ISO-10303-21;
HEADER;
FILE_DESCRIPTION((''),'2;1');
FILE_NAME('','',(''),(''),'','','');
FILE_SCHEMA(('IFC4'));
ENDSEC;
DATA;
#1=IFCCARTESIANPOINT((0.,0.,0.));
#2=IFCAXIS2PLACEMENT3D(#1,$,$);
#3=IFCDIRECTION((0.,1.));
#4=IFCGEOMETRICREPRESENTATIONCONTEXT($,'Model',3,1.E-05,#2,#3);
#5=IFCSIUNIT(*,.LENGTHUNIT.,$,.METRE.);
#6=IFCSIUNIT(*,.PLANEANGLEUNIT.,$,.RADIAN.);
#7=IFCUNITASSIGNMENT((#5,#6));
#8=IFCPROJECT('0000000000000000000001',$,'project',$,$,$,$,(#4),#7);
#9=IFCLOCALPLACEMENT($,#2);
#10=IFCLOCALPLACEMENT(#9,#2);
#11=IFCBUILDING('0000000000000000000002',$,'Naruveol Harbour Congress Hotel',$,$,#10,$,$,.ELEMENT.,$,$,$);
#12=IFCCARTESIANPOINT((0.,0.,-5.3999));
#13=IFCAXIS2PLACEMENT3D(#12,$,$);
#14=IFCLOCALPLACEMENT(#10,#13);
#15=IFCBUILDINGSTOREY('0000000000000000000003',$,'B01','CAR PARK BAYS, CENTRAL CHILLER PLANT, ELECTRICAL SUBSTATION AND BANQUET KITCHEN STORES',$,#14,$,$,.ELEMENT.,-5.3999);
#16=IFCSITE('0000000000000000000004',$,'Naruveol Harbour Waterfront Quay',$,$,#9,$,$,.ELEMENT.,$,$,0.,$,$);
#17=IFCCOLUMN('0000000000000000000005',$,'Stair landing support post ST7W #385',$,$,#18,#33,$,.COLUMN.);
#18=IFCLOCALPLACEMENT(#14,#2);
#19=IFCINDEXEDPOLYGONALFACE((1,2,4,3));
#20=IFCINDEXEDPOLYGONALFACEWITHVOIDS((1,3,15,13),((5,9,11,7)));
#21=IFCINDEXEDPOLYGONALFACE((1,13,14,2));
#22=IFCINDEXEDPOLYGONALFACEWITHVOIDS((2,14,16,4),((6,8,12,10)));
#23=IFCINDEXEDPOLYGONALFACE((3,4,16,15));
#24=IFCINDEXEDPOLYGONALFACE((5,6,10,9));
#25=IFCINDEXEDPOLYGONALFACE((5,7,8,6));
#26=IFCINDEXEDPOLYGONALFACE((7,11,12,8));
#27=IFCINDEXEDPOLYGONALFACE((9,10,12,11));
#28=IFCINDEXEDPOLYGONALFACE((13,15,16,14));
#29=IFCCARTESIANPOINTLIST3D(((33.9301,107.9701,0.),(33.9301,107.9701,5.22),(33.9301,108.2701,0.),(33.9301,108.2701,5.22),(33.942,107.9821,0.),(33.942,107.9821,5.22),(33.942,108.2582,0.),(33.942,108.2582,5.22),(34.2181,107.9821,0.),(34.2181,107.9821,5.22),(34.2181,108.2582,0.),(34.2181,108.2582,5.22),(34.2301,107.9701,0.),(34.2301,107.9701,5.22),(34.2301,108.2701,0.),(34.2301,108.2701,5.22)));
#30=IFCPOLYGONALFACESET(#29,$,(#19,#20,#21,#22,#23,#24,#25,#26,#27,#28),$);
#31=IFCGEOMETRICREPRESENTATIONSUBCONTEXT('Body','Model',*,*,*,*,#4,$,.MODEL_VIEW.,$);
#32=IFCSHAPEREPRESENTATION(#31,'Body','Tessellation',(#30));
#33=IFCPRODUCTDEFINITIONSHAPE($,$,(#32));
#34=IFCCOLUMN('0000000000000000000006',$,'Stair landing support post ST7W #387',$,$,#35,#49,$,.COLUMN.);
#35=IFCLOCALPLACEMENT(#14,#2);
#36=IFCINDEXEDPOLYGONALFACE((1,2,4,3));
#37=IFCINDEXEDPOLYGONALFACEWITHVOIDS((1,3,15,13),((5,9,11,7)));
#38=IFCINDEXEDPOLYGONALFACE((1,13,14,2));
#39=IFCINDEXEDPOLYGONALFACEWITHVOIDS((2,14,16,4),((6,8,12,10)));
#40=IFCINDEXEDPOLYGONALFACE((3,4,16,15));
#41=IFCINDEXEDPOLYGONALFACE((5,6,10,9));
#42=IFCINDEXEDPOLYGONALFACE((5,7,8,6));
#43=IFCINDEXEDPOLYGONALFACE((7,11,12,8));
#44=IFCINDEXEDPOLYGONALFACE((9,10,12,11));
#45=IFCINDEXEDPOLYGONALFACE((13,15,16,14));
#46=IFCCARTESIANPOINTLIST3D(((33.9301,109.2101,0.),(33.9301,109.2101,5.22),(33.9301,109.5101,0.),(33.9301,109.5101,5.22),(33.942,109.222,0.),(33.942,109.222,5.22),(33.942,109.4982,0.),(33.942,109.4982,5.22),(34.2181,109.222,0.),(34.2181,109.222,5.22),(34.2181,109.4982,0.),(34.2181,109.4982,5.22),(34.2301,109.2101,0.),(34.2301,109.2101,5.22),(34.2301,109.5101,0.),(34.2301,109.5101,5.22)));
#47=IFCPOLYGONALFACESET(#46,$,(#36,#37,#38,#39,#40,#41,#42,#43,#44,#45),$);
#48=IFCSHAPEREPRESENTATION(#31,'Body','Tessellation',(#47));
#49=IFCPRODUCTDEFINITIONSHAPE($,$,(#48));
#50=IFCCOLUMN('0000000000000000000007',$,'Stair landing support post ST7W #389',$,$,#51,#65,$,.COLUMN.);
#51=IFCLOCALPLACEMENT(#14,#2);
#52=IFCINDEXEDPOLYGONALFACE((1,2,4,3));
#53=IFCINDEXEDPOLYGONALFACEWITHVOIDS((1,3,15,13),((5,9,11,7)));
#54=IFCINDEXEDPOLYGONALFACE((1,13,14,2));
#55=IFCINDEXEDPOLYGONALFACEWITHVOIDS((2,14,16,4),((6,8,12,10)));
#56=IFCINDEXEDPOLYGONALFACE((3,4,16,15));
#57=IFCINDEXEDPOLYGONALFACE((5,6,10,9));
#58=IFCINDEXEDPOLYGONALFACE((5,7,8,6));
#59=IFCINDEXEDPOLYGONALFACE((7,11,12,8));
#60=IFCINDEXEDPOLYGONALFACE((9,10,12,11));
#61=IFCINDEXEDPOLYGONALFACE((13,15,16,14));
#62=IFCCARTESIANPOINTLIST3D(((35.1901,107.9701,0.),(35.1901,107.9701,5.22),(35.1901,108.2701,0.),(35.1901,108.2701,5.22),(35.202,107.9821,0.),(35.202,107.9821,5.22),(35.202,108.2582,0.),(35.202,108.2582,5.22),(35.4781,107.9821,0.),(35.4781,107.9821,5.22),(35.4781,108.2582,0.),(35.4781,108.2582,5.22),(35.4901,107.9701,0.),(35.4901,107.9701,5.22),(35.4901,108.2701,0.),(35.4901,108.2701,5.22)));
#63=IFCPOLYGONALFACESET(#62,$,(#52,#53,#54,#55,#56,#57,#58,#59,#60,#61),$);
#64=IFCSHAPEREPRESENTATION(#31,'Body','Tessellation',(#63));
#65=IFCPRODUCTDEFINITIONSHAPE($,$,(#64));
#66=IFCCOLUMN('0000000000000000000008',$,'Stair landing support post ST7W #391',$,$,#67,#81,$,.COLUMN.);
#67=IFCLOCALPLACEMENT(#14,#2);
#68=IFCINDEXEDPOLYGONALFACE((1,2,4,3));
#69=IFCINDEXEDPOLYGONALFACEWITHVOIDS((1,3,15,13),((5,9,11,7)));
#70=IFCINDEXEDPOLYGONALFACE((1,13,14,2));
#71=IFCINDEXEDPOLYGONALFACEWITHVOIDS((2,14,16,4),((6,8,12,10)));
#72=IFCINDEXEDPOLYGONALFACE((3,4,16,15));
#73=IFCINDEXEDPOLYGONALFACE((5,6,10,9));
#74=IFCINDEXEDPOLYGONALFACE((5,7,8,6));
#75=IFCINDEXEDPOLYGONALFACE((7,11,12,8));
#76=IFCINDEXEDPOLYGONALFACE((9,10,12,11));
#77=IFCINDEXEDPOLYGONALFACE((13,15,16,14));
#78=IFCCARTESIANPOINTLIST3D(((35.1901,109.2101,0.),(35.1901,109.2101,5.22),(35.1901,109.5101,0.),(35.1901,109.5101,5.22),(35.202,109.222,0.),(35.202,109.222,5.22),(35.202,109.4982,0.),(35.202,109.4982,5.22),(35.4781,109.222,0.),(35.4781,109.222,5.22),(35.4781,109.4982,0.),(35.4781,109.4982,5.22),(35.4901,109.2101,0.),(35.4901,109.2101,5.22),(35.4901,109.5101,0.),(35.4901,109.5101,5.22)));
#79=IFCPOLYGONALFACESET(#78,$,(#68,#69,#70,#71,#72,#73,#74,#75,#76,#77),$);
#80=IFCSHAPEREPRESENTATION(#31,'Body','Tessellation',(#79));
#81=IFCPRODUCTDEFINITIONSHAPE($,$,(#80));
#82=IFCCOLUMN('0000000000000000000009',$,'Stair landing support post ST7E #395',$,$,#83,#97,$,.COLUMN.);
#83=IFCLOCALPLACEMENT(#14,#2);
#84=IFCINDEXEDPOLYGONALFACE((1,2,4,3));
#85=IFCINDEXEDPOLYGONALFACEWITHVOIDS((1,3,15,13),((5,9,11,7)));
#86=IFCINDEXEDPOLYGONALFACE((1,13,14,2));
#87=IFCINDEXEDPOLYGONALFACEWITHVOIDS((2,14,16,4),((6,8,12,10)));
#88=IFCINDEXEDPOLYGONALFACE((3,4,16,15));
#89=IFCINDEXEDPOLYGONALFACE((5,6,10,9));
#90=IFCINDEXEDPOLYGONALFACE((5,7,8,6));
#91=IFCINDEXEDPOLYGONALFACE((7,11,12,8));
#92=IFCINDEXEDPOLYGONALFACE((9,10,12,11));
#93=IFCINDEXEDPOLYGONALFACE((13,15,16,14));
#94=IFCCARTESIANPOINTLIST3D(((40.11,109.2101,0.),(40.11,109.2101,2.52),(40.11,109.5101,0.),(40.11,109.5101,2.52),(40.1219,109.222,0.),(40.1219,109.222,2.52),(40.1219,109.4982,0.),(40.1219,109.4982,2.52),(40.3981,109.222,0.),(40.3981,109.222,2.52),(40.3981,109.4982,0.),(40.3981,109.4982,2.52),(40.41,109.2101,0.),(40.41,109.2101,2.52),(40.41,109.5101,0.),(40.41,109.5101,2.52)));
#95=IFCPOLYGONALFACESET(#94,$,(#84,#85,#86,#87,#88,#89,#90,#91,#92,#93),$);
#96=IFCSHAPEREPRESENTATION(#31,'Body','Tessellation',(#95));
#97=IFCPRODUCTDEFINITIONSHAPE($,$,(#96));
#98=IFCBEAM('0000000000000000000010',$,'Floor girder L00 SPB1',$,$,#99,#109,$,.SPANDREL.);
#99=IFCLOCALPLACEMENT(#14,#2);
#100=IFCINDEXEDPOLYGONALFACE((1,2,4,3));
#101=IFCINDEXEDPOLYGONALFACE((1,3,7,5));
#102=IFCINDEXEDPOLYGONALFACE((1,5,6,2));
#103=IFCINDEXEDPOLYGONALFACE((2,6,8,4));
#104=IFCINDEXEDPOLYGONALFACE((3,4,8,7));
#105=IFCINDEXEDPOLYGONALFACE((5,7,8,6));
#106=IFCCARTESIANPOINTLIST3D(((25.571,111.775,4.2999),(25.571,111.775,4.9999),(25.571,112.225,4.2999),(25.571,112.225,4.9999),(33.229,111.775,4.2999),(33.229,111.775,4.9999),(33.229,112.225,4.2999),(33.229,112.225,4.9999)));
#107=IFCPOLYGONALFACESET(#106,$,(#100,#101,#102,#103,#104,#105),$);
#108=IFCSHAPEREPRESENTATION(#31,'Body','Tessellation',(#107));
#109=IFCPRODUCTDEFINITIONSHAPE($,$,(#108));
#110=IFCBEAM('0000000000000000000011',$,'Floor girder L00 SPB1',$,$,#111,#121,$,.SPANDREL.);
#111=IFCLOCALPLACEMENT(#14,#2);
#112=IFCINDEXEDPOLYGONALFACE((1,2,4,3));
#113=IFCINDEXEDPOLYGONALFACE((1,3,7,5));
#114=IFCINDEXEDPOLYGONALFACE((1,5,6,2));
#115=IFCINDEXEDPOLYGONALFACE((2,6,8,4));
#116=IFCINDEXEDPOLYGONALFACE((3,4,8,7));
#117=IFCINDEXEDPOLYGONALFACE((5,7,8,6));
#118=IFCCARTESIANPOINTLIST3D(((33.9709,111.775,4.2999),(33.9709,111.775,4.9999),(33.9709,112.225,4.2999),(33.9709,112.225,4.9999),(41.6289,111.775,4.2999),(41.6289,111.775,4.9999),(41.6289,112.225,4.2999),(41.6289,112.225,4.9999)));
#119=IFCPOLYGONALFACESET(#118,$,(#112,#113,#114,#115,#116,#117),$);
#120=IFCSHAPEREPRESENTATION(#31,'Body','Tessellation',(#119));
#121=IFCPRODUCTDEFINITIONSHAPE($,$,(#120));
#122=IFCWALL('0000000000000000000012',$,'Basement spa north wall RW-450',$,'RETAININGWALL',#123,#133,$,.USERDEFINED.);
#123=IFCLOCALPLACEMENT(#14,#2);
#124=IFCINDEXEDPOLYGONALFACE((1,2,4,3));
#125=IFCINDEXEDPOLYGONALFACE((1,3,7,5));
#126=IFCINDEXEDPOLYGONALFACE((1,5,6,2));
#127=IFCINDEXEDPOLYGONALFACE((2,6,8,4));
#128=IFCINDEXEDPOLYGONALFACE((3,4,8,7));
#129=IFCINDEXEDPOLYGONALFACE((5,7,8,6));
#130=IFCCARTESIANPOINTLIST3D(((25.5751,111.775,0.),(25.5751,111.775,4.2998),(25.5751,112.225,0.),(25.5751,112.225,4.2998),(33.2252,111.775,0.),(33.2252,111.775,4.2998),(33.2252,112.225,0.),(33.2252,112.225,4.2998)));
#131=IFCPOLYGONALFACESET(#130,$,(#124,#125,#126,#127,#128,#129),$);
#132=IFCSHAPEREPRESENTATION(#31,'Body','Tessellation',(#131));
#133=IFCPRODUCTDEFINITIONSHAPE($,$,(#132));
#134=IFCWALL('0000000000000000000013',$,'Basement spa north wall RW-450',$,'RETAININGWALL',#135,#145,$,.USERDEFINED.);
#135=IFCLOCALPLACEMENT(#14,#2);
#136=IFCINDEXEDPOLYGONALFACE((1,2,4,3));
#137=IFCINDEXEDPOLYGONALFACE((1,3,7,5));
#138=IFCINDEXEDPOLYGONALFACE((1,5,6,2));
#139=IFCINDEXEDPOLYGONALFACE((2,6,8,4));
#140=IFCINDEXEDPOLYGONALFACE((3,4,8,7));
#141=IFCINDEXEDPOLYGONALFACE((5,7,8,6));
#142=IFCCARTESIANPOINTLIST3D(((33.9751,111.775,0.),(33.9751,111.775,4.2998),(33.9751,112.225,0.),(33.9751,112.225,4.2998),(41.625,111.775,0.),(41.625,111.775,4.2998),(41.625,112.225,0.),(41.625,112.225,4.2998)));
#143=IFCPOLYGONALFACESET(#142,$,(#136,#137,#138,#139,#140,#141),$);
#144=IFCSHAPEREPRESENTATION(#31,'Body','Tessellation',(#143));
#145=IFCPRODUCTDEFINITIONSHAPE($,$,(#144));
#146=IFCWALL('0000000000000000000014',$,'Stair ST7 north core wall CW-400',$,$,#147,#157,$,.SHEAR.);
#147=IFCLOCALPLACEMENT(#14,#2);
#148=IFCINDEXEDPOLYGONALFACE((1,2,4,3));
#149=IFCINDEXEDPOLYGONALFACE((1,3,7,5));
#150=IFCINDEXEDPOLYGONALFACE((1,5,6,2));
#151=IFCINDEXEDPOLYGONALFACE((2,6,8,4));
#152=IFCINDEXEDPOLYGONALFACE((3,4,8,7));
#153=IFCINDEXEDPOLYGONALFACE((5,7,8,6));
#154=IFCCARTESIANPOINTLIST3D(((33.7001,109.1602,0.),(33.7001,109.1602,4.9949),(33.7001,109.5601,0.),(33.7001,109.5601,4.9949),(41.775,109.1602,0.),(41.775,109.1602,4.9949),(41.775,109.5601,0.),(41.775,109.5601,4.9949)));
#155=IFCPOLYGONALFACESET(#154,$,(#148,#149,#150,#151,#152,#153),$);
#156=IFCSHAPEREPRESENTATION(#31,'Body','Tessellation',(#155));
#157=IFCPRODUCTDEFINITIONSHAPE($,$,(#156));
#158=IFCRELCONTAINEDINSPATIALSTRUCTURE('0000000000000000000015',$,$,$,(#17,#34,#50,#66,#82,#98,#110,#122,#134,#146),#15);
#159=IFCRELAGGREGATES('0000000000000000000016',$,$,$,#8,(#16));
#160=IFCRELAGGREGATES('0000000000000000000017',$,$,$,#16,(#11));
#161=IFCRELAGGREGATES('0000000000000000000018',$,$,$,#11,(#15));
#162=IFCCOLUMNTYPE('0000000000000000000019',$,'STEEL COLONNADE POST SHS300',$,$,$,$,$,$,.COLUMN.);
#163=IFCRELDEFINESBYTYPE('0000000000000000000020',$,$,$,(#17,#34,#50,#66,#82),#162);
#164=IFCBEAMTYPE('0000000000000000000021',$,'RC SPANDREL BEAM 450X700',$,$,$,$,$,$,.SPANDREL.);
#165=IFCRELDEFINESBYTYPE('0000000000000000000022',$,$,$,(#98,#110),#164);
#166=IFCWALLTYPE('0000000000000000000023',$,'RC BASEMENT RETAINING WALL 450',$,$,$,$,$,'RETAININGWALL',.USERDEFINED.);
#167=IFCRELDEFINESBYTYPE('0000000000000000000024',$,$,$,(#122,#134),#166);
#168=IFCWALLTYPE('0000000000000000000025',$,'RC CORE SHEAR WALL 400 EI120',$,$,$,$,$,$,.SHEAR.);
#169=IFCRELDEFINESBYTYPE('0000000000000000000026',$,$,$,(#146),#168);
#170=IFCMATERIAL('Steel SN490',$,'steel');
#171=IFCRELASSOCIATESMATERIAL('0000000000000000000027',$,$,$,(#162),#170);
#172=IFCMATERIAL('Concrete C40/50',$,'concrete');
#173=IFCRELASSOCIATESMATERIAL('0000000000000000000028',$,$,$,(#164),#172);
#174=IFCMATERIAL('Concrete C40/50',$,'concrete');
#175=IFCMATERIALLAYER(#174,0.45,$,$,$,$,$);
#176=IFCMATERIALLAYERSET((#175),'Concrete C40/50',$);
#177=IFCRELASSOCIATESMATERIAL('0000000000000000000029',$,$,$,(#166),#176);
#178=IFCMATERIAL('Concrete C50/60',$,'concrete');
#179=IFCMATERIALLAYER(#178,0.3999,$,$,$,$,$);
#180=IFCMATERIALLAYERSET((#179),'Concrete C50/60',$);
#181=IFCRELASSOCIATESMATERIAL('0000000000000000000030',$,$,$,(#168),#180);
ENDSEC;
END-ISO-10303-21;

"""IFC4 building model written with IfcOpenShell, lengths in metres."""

from ifc_helpers import new_model, si_unit, direction, frame, frame_2d, origin, origin_2d, place, context, subcontext, project, spatial, rectangle, hollow_rectangle, extrude, material, layer, layer_set, material_profile, profile_set, type_object, element, save


model = new_model("IFC4")

# Units and contexts
model_context = context("Model", 3, precision=1e-05, world=origin(), true_north=direction((0.0, 1.0)))
body_context = subcontext(model_context, "Body", "Model", "MODEL_VIEW")
ifc_project = project(units=[si_unit("LENGTHUNIT", "METRE"), si_unit("PLANEANGLEUNIT", "RADIAN")], contexts=[model_context])

# Site, building, storey
site_placement = place(None, origin())
site = spatial("IfcSite", under=ifc_project, at=site_placement, Name="Naruveol Harbour Waterfront Quay", CompositionType="ELEMENT", RefElevation=0.0)
building_placement = place(site_placement, origin())
building = spatial("IfcBuilding", under=site, at=building_placement, Name="Naruveol Harbour Congress Hotel", CompositionType="ELEMENT")
storey_placement = place(building_placement, frame((0.0, 0.0, -5.3999)))
storey = spatial("IfcBuildingStorey", under=building, at=storey_placement, Name="B01", Description="CAR PARK BAYS, CENTRAL CHILLER PLANT, ELECTRICAL SUBSTATION AND BANQUET KITCHEN STORES", CompositionType="ELEMENT", Elevation=-5.3999)

# Columns
ifc_material_1 = material(Name="Steel SN490", Category="steel")
ifc_material_profile_1 = material_profile(ifc_material_1, hollow_rectangle(XDim=0.3, YDim=0.3, WallThickness=0.012, at=origin_2d()), Name="SHS-300x300x12")
ifc_profile_set_1 = profile_set([ifc_material_profile_1], Name="Steel SN490")
column_type_1 = type_object("IfcColumnType", Name="STEEL COLONNADE POST SHS300", PredefinedType="COLUMN", material=ifc_profile_set_1)
for number, where, z_axis, x_axis, name in (
    (1, (34.0801, 108.1201, 0.0), (0.0, 0.0, 1.0), (1.0, 0.0, 0.0), "Stair landing support post ST7W #385"),
    (2, (34.0801, 109.3601, 0.0), (0.0, 0.0, 1.0), (1.0, 0.0, 0.0), "Stair landing support post ST7W #387"),
    (3, (35.3401, 108.1201, 0.0), (0.0, 0.0, 1.0), (1.0, 0.0, 0.0), "Stair landing support post ST7W #389"),
    (4, (35.3401, 109.3601, 0.0), (0.0, 0.0, 1.0), (1.0, 0.0, 0.0), "Stair landing support post ST7W #391"),
):
    element("IfcColumn", number, at=place(storey_placement, frame(where, z_axis=z_axis, x_axis=x_axis)), inside=storey, type_object=column_type_1, Name=name, PredefinedType="COLUMN", context=body_context, shape_type="SweptSolid", body=[
        extrude(hollow_rectangle(XDim=0.3, YDim=0.3, WallThickness=0.012, at=origin_2d()), origin(), (0.0, 0.0, 1.0), 5.22),
    ])
column_1_placement = place(storey_placement, frame((40.26, 109.3601, 0.0), z_axis=(0.0, 0.0, 1.0), x_axis=(1.0, 0.0, 0.0)))
element("IfcColumn", 5, at=column_1_placement, inside=storey, type_object=column_type_1, Name="Stair landing support post ST7E #395", PredefinedType="COLUMN", context=body_context, shape_type="SweptSolid", body=[
    extrude(hollow_rectangle(XDim=0.3, YDim=0.3, WallThickness=0.012, at=origin_2d()), origin(), (0.0, 0.0, 1.0), 2.52),
])

# Beams
ifc_material_2 = material(Name="Concrete C40/50", Category="concrete")
ifc_material_profile_2 = material_profile(ifc_material_2, rectangle(XDim=0.45, YDim=0.7, at=origin_2d()), Name="RCB-450x700")
ifc_profile_set_2 = profile_set([ifc_material_profile_2], Name="Concrete C40/50")
beam_type = type_object("IfcBeamType", Name="RC SPANDREL BEAM 450X700", PredefinedType="SPANDREL", material=ifc_profile_set_2)
for number, where, z_axis, x_axis, name in (
    (6, (25.571, 112.0, 4.6499), (1.0, 0.0, 0.0), (0.0, 1.0, 0.0), "Floor girder L00 SPB1"),
    (7, (33.9709, 112.0, 4.6499), (1.0, 0.0, 0.0), (0.0, 1.0, 0.0), "Floor girder L00 SPB1"),
):
    element("IfcBeam", number, at=place(storey_placement, frame(where, z_axis=z_axis, x_axis=x_axis)), inside=storey, type_object=beam_type, Name=name, PredefinedType="SPANDREL", context=body_context, shape_type="SweptSolid", body=[
        extrude(rectangle(XDim=0.45, YDim=0.7, at=origin_2d()), origin(), (0.0, 0.0, 1.0), 7.658),
    ])

# Walls
ifc_material_3 = material(Name="Concrete C40/50", Category="concrete")
ifc_layer_1 = layer(ifc_material_3, 0.45)
ifc_layer_set_1 = layer_set([ifc_layer_1], Name="Concrete C40/50")
wall_type_1 = type_object("IfcWallType", Name="RC BASEMENT RETAINING WALL 450", ElementType="RETAININGWALL", PredefinedType="USERDEFINED", material=ifc_layer_set_1)
wall_1_placement = place(storey_placement, frame((25.575, 112.0, 0.0), z_axis=(0.0, 0.0, 1.0), x_axis=(1.0, 0.0, 0.0)))
element("IfcWall", 8, at=wall_1_placement, inside=storey, type_object=wall_type_1, Name="Basement spa north wall RW-450", ObjectType="RETAININGWALL", PredefinedType="USERDEFINED", context=body_context, shape_type="SweptSolid", body=[
    extrude(rectangle(XDim=7.6501, YDim=0.45, at=frame_2d((3.8252, 0.0))), origin(), (0.0, 0.0, 1.0), 4.2998),
])
wall_2_placement = place(storey_placement, frame((33.9751, 112.0, 0.0), z_axis=(0.0, 0.0, 1.0), x_axis=(1.0, 0.0, 0.0)))
element("IfcWall", 9, at=wall_2_placement, inside=storey, type_object=wall_type_1, Name="Basement spa north wall RW-450", ObjectType="RETAININGWALL", PredefinedType="USERDEFINED", context=body_context, shape_type="SweptSolid", body=[
    extrude(rectangle(XDim=7.6499, YDim=0.45, at=frame_2d((3.825, 0.0))), origin(), (0.0, 0.0, 1.0), 4.2998),
])
ifc_material_4 = material(Name="Concrete C50/60", Category="concrete")
ifc_layer_2 = layer(ifc_material_4, 0.3999)
ifc_layer_set_2 = layer_set([ifc_layer_2], Name="Concrete C50/60")
wall_type_2 = type_object("IfcWallType", Name="RC CORE SHEAR WALL 400 EI120", PredefinedType="SHEAR", material=ifc_layer_set_2)
wall_3_placement = place(storey_placement, frame((33.7, 109.3601, 0.0), z_axis=(0.0, 0.0, 1.0), x_axis=(1.0, 0.0, 0.0)))
element("IfcWall", 10, at=wall_3_placement, inside=storey, type_object=wall_type_2, Name="Stair ST7 north core wall CW-400", PredefinedType="SHEAR", context=body_context, shape_type="SweptSolid", body=[
    extrude(rectangle(XDim=8.075, YDim=0.3999, at=frame_2d((4.0376, 0.0))), origin(), (0.0, 0.0, 1.0), 4.9949),
])

save(model, "model.ifc")
